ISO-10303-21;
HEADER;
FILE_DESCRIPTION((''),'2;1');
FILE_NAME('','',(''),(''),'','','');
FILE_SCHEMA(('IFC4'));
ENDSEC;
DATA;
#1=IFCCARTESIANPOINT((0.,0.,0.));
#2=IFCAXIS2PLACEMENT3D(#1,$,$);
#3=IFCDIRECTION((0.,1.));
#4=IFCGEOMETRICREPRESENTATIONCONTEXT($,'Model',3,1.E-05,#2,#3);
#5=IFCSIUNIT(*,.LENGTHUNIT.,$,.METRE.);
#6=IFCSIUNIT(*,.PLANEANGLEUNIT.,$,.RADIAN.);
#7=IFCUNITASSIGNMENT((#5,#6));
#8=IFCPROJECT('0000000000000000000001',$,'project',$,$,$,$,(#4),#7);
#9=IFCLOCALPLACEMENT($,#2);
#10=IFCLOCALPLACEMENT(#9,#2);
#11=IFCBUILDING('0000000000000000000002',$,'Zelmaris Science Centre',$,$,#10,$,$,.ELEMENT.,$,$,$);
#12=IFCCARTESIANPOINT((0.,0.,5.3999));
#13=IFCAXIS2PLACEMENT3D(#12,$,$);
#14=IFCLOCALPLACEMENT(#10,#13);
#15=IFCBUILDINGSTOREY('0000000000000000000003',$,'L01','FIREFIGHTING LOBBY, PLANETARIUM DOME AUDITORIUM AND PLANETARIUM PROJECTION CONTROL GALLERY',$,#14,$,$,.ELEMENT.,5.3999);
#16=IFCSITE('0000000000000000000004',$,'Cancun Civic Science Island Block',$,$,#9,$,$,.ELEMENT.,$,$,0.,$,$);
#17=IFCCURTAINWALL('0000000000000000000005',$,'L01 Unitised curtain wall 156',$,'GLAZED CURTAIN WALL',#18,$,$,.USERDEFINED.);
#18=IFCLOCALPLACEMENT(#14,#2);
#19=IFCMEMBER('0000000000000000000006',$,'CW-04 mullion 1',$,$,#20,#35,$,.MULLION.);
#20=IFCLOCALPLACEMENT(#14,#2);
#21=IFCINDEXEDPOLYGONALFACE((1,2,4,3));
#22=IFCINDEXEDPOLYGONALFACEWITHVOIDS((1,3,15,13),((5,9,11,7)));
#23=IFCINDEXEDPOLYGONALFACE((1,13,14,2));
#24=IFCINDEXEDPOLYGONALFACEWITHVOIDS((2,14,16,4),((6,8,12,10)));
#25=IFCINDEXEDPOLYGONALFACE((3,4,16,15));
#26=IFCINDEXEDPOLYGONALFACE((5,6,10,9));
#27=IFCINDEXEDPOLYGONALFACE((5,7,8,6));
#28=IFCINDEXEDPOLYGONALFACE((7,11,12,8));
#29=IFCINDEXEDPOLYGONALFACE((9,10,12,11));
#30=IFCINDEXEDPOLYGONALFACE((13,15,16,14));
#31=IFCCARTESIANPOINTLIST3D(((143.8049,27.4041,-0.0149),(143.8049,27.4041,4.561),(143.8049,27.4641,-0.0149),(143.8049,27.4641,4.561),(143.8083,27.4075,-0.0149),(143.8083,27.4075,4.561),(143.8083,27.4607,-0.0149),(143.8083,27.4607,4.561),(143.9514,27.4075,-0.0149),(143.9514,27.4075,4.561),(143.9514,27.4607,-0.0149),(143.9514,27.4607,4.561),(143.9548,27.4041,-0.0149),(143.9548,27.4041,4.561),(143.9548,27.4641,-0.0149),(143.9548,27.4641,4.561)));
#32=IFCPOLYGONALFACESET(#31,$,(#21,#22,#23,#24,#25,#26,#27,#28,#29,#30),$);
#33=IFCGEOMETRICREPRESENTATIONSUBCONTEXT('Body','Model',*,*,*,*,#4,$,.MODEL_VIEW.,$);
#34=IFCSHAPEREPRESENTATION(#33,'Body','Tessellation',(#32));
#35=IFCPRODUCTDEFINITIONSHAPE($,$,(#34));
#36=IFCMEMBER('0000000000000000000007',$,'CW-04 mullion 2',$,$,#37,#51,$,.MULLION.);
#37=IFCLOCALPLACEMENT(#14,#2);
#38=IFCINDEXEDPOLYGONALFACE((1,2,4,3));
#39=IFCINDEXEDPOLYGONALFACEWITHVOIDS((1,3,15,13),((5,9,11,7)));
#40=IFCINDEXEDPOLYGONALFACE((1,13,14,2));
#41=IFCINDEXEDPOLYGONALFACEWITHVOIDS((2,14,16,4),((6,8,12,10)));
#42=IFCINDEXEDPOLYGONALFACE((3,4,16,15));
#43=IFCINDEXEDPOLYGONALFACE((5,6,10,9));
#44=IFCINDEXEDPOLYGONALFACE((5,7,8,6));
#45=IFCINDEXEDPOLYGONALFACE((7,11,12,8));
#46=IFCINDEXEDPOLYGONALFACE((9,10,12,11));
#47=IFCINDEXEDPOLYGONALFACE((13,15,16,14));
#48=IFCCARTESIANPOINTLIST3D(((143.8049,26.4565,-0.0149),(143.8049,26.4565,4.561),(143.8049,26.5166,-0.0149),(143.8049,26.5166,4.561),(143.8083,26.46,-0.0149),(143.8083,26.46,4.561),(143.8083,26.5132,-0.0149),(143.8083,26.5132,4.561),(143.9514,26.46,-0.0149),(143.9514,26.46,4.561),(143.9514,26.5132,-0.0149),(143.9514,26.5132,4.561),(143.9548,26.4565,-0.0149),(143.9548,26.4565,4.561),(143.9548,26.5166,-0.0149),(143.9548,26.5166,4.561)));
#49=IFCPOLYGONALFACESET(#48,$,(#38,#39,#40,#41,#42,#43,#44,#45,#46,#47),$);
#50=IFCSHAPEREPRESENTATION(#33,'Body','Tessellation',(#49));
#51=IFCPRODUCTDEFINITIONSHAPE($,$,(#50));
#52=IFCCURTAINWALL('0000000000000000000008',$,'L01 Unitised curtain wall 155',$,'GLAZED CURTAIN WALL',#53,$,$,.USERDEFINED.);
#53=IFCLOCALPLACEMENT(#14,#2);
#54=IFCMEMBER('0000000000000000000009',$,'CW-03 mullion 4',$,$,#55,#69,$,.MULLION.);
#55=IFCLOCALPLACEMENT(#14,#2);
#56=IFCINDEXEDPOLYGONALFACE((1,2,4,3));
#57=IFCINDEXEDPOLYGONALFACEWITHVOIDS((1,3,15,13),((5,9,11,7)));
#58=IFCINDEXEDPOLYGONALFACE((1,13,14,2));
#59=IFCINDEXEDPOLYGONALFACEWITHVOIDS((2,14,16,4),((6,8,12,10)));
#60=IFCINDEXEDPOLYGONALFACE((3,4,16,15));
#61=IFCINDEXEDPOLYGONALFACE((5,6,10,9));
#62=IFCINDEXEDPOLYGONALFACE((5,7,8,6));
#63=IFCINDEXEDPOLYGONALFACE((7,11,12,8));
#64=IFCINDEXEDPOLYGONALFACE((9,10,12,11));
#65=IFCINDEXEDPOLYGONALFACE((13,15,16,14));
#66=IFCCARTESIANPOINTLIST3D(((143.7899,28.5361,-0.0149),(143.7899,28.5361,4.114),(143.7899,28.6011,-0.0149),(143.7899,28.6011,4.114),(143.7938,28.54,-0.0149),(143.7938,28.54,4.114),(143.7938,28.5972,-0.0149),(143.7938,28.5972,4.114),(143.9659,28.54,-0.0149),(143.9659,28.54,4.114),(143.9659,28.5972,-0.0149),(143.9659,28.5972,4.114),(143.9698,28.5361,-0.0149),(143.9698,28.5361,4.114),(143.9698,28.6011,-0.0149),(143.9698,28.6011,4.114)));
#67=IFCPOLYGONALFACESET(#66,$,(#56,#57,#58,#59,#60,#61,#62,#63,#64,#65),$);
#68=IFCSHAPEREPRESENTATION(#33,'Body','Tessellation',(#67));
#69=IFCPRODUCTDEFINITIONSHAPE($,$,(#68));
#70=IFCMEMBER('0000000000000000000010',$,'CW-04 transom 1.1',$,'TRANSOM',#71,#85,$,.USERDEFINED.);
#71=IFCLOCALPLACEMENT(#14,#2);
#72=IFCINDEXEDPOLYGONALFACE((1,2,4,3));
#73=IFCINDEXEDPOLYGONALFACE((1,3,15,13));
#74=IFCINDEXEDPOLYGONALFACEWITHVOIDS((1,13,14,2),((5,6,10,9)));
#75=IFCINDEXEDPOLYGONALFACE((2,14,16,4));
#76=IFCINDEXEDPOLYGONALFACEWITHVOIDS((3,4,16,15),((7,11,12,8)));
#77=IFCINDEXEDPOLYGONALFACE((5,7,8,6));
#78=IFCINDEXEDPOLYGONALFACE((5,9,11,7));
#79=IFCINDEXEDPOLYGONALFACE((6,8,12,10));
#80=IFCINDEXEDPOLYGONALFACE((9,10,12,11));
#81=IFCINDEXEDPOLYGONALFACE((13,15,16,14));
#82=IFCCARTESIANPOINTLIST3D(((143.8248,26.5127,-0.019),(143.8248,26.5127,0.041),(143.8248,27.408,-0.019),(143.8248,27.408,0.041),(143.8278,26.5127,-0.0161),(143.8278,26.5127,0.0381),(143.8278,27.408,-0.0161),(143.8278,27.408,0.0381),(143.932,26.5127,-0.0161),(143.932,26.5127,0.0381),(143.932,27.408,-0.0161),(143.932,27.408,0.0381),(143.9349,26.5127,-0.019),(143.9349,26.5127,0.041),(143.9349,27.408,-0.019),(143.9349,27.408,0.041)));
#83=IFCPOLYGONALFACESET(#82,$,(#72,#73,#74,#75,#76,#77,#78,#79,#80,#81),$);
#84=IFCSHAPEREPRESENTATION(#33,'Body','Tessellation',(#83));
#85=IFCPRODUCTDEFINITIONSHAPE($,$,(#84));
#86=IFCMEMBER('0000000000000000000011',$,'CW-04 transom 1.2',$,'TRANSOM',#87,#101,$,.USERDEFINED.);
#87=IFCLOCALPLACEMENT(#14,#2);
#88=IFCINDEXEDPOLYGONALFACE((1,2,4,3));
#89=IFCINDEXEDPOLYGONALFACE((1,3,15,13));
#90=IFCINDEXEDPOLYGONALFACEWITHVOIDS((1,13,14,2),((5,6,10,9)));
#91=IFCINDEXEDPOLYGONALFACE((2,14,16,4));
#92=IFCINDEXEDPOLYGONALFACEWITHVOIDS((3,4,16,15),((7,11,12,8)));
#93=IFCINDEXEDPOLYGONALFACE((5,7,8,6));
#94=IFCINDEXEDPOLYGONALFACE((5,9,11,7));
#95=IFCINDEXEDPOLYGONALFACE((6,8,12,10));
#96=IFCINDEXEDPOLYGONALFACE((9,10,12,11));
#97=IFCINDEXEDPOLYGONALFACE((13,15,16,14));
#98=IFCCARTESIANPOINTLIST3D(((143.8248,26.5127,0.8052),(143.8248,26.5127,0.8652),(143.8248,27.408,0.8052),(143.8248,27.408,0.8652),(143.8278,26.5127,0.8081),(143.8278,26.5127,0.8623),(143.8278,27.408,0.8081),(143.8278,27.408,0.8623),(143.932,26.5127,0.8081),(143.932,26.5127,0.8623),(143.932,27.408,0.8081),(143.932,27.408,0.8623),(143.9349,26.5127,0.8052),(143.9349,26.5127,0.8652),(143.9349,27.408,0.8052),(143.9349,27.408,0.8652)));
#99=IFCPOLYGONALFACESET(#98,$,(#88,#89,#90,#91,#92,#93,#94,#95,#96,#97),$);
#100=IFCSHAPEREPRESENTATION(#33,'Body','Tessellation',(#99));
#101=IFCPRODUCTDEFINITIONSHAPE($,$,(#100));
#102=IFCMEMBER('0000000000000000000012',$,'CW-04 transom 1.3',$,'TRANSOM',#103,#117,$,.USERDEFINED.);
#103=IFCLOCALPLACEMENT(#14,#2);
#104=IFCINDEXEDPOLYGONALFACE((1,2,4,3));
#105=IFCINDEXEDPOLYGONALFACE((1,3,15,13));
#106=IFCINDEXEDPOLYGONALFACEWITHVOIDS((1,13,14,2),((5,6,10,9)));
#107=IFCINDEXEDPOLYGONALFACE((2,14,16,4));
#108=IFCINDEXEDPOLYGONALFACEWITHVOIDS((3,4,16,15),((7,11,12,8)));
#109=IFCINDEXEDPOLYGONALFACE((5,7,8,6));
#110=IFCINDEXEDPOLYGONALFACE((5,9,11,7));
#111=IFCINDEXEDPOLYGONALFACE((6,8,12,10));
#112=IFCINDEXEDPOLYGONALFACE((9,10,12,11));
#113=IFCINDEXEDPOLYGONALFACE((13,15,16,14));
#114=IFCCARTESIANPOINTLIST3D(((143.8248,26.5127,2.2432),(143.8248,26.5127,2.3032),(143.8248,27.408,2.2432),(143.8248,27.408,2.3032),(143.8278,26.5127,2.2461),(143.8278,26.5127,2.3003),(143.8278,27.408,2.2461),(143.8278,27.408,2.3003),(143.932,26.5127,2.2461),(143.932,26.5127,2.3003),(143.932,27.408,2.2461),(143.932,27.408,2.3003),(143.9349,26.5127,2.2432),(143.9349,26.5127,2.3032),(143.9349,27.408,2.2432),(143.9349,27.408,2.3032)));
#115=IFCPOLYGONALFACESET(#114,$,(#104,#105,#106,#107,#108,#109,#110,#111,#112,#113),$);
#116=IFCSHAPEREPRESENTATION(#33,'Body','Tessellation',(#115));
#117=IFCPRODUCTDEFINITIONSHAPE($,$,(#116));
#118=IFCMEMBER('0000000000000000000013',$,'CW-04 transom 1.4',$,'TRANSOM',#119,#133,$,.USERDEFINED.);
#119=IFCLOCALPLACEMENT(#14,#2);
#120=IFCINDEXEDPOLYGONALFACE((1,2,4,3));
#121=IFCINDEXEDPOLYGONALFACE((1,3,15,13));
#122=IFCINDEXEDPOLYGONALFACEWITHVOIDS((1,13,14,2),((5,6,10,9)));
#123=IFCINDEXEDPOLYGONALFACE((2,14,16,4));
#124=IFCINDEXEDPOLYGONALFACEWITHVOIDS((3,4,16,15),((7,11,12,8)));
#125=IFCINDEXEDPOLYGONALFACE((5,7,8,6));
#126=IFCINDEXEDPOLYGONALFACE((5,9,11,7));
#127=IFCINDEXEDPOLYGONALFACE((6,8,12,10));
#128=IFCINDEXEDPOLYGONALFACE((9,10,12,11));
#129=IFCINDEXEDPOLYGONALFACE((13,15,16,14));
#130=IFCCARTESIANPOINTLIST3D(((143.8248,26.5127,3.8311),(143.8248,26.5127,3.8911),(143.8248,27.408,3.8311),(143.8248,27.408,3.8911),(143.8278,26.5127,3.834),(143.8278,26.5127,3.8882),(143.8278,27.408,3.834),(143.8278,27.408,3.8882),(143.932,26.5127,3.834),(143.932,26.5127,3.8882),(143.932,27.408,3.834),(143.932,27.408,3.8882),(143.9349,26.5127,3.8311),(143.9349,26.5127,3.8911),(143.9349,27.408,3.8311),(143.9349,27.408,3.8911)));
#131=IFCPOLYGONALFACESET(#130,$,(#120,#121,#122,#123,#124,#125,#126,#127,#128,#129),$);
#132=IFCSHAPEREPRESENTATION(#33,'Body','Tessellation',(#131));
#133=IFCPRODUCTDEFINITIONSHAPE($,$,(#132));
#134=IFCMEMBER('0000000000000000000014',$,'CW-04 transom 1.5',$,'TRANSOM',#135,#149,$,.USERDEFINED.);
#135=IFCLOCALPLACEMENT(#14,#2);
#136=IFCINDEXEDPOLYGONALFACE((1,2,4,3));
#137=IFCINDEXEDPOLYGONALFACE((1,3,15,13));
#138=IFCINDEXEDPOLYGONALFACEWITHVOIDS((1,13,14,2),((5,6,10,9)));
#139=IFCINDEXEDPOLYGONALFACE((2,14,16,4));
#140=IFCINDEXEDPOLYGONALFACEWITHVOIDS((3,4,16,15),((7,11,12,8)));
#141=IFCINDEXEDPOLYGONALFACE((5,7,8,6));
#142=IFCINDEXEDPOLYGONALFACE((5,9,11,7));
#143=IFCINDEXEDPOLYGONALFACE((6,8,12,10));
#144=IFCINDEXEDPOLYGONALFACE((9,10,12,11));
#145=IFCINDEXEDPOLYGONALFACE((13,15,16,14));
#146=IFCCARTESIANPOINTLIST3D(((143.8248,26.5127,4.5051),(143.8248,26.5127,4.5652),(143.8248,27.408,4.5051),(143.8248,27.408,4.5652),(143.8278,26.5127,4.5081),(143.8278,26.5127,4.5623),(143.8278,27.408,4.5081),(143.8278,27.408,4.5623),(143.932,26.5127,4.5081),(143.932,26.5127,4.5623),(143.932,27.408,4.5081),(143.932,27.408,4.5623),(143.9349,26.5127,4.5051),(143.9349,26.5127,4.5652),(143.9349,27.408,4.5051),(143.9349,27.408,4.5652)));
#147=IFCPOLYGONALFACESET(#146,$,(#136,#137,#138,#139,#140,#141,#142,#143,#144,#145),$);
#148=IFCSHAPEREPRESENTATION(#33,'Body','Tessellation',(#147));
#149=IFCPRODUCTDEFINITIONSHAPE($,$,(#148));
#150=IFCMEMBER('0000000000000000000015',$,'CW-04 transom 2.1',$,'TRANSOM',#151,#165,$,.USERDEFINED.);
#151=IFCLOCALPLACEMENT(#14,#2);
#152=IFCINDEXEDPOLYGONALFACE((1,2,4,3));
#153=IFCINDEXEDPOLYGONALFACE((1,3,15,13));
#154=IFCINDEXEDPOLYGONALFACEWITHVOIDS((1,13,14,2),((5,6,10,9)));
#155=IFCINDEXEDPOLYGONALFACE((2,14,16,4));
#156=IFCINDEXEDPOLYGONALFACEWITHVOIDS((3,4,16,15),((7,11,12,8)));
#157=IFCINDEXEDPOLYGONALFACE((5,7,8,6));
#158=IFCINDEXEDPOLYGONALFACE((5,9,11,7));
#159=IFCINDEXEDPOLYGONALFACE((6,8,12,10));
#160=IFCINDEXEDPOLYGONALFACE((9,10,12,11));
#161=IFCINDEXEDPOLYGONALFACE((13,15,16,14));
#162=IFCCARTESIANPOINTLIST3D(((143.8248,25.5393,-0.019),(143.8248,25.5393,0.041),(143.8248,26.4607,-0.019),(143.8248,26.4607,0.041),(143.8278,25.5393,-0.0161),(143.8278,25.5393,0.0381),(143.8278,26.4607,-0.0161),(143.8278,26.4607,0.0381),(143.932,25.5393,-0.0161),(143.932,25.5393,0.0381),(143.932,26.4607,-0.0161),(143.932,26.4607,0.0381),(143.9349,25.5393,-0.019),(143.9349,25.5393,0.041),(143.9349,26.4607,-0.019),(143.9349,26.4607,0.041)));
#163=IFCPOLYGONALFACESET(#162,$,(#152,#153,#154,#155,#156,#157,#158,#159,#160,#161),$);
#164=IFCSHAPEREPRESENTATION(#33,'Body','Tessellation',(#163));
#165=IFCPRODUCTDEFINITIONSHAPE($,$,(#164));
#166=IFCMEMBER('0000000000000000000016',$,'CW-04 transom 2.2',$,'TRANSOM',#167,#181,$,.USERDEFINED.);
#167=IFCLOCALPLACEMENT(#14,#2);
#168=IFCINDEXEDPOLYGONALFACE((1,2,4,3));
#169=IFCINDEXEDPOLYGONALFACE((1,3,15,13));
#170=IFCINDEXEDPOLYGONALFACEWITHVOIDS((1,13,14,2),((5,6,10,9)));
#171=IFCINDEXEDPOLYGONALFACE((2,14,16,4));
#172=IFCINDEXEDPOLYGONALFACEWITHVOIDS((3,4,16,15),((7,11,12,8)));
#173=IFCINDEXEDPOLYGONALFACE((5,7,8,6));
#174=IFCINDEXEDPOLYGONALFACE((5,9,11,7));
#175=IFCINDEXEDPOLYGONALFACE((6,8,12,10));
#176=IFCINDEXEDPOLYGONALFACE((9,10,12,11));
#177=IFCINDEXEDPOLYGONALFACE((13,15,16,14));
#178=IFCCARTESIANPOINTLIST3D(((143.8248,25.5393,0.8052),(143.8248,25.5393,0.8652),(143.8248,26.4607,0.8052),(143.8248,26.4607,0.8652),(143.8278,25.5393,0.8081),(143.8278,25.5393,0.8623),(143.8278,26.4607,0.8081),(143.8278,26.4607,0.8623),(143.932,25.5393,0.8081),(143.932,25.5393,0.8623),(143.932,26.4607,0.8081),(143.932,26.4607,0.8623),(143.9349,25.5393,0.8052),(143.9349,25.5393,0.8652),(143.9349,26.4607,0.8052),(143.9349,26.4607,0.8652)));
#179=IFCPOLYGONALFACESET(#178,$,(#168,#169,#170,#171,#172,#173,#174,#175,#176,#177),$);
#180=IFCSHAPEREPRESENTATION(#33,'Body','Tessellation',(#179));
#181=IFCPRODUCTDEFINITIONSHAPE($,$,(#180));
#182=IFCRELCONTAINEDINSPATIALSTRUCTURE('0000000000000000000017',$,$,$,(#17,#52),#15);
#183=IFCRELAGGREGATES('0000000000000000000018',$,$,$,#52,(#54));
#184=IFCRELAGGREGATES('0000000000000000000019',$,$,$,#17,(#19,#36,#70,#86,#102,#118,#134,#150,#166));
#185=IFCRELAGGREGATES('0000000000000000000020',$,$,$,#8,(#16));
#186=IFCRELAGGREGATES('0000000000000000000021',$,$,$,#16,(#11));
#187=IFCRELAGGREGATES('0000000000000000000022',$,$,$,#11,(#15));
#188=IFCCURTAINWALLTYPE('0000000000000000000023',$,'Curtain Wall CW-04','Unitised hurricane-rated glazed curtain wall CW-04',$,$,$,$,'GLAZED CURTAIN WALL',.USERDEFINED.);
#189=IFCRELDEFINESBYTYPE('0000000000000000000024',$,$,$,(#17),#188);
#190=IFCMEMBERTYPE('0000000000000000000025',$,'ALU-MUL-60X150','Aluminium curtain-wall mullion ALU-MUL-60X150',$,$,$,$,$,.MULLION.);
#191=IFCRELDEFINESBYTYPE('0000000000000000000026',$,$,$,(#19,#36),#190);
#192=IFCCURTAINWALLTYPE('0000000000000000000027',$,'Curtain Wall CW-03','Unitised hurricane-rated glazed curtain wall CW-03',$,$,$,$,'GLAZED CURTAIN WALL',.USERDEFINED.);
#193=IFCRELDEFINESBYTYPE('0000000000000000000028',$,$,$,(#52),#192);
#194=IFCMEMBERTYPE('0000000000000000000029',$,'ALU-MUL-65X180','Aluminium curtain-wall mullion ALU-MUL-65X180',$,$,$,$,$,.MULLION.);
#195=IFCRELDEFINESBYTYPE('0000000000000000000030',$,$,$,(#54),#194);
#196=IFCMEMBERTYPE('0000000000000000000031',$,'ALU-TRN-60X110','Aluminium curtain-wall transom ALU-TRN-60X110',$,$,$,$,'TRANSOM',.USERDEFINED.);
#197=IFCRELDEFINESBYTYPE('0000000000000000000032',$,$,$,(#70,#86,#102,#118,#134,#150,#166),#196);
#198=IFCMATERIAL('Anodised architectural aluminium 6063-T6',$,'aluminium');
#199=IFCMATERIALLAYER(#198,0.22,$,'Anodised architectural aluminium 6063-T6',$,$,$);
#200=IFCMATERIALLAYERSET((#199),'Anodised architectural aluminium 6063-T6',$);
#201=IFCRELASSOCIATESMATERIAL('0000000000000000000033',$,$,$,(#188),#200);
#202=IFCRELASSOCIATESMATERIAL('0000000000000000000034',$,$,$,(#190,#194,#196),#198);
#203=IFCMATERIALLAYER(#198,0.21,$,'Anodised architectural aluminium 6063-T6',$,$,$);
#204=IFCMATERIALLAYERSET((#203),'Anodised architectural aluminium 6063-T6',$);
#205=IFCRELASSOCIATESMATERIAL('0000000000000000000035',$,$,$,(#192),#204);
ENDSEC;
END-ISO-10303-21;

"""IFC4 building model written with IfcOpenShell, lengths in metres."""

from ifc_helpers import new_model, si_unit, direction, frame, origin, origin_2d, place, context, subcontext, project, spatial, hollow_rectangle, extrude, material, layer, layer_set, material_profile, profile_set, type_object, element, aggregate, save


model = new_model("IFC4")

# Units and contexts
model_context = context("Model", 3, precision=1e-05, world=origin(), true_north=direction((0.0, 1.0)))
body_context = subcontext(model_context, "Body", "Model", "MODEL_VIEW")
ifc_project = project(units=[si_unit("LENGTHUNIT", "METRE"), si_unit("PLANEANGLEUNIT", "RADIAN")], contexts=[model_context])

# Site, building, storey
site_placement = place(None, origin())
site = spatial("IfcSite", under=ifc_project, at=site_placement, Name="Cancun Civic Science Island Block", CompositionType="ELEMENT", RefElevation=0.0)
building_placement = place(site_placement, origin())
building = spatial("IfcBuilding", under=site, at=building_placement, Name="Zelmaris Science Centre", CompositionType="ELEMENT")
storey_placement = place(building_placement, frame((0.0, 0.0, 5.3999)))
storey = spatial("IfcBuildingStorey", under=building, at=storey_placement, Name="L01", Description="FIREFIGHTING LOBBY, PLANETARIUM DOME AUDITORIUM AND PLANETARIUM PROJECTION CONTROL GALLERY", CompositionType="ELEMENT", Elevation=5.3999)

# Curtain wall, members
ifc_material_1 = material(Name="Anodised architectural aluminium 6063-T6", Category="aluminium")
ifc_layer_1 = layer(ifc_material_1, 0.22, Name="Anodised architectural aluminium 6063-T6")
ifc_layer_set_1 = layer_set([ifc_layer_1], Name="Anodised architectural aluminium 6063-T6")
curtain_wall_type_1 = type_object("IfcCurtainWallType", Name="Curtain Wall CW-04", Description="Unitised hurricane-rated glazed curtain wall CW-04", ElementType="GLAZED CURTAIN WALL", PredefinedType="USERDEFINED", material=ifc_layer_set_1)
curtain_wall_1_placement = place(storey_placement, origin())
curtain_wall_1 = element("IfcCurtainWall", 1, at=curtain_wall_1_placement, inside=storey, type_object=curtain_wall_type_1, Name="L01 Unitised curtain wall 156", ObjectType="GLAZED CURTAIN WALL", PredefinedType="USERDEFINED")
ifc_material_profile_1 = material_profile(ifc_material_1, hollow_rectangle(XDim=0.0601, YDim=0.1499, WallThickness=0.0034, at=origin_2d()), Name="ALU-MUL-60X150")
ifc_profile_set_1 = profile_set([ifc_material_profile_1], Name="Anodised architectural aluminium 6063-T6")
member_type_1 = type_object("IfcMemberType", Name="ALU-MUL-60X150", Description="Aluminium curtain-wall mullion ALU-MUL-60X150", PredefinedType="MULLION", material=ifc_profile_set_1)
member_1_placement = place(storey_placement, frame((143.8799, 27.4341, -0.0149), z_axis=(0.0, 0.0, 1.0), x_axis=(0.0, -1.0, 0.0)))
member_1 = element("IfcMember", 2, at=member_1_placement, type_object=member_type_1, Name="CW-04 mullion 1", PredefinedType="MULLION", context=body_context, shape_type="SweptSolid", body=[
    extrude(hollow_rectangle(XDim=0.0601, YDim=0.1499, WallThickness=0.0034, at=origin_2d()), origin(), (0.0, 0.0, 1.0), 4.5759),
])
member_2_placement = place(storey_placement, frame((143.8799, 26.4866, -0.0149), z_axis=(0.0, 0.0, 1.0), x_axis=(0.0, -1.0, 0.0)))
member_2 = element("IfcMember", 3, at=member_2_placement, type_object=member_type_1, Name="CW-04 mullion 2", PredefinedType="MULLION", context=body_context, shape_type="SweptSolid", body=[
    extrude(hollow_rectangle(XDim=0.0601, YDim=0.1499, WallThickness=0.0034, at=origin_2d()), origin(), (0.0, 0.0, 1.0), 4.5759),
])

# Curtain wall, member
ifc_layer_2 = layer(ifc_material_1, 0.21, Name="Anodised architectural aluminium 6063-T6")
ifc_layer_set_2 = layer_set([ifc_layer_2], Name="Anodised architectural aluminium 6063-T6")
curtain_wall_type_2 = type_object("IfcCurtainWallType", Name="Curtain Wall CW-03", Description="Unitised hurricane-rated glazed curtain wall CW-03", ElementType="GLAZED CURTAIN WALL", PredefinedType="USERDEFINED", material=ifc_layer_set_2)
curtain_wall_2_placement = place(storey_placement, origin())
curtain_wall_2 = element("IfcCurtainWall", 4, at=curtain_wall_2_placement, inside=storey, type_object=curtain_wall_type_2, Name="L01 Unitised curtain wall 155", ObjectType="GLAZED CURTAIN WALL", PredefinedType="USERDEFINED")
ifc_material_profile_2 = material_profile(ifc_material_1, hollow_rectangle(XDim=0.0649, YDim=0.1799, WallThickness=0.0039, at=origin_2d()), Name="ALU-MUL-65X180")
ifc_profile_set_2 = profile_set([ifc_material_profile_2], Name="Anodised architectural aluminium 6063-T6")
member_type_2 = type_object("IfcMemberType", Name="ALU-MUL-65X180", Description="Aluminium curtain-wall mullion ALU-MUL-65X180", PredefinedType="MULLION", material=ifc_profile_set_2)
member_3_placement = place(storey_placement, frame((143.8799, 28.5686, -0.0149), z_axis=(0.0, 0.0, 1.0), x_axis=(0.0, -1.0, 0.0)))
member_3 = element("IfcMember", 5, at=member_3_placement, type_object=member_type_2, Name="CW-03 mullion 4", PredefinedType="MULLION", context=body_context, shape_type="SweptSolid", body=[
    extrude(hollow_rectangle(XDim=0.0649, YDim=0.1799, WallThickness=0.0039, at=origin_2d()), origin(), (0.0, 0.0, 1.0), 4.1289),
])

# Members
ifc_material_profile_3 = material_profile(ifc_material_1, hollow_rectangle(XDim=0.0601, YDim=0.1101, WallThickness=0.0029, at=origin_2d()), Name="ALU-TRN-60X110")
ifc_profile_set_3 = profile_set([ifc_material_profile_3], Name="Anodised architectural aluminium 6063-T6")
member_type_3 = type_object("IfcMemberType", Name="ALU-TRN-60X110", Description="Aluminium curtain-wall transom ALU-TRN-60X110", ElementType="TRANSOM", PredefinedType="USERDEFINED", material=ifc_profile_set_3)
member_4_placement = place(storey_placement, frame((143.8799, 27.408, 0.011), z_axis=(0.0, -1.0, 0.0), x_axis=(0.0, 0.0, 1.0)))
member_4 = element("IfcMember", 6, at=member_4_placement, type_object=member_type_3, Name="CW-04 transom 1.1", ObjectType="TRANSOM", PredefinedType="USERDEFINED", context=body_context, shape_type="SweptSolid", body=[
    extrude(hollow_rectangle(XDim=0.0601, YDim=0.1101, WallThickness=0.0029, at=origin_2d()), origin(), (0.0, 0.0, 1.0), 0.8953),
])
member_5_placement = place(storey_placement, frame((143.8799, 27.408, 0.8352), z_axis=(0.0, -1.0, 0.0), x_axis=(0.0, 0.0, 1.0)))
member_5 = element("IfcMember", 7, at=member_5_placement, type_object=member_type_3, Name="CW-04 transom 1.2", ObjectType="TRANSOM", PredefinedType="USERDEFINED", context=body_context, shape_type="SweptSolid", body=[
    extrude(hollow_rectangle(XDim=0.0601, YDim=0.1101, WallThickness=0.0029, at=origin_2d()), origin(), (0.0, 0.0, 1.0), 0.8953),
])
member_6_placement = place(storey_placement, frame((143.8799, 27.408, 2.2732), z_axis=(0.0, -1.0, 0.0), x_axis=(0.0, 0.0, 1.0)))
member_6 = element("IfcMember", 8, at=member_6_placement, type_object=member_type_3, Name="CW-04 transom 1.3", ObjectType="TRANSOM", PredefinedType="USERDEFINED", context=body_context, shape_type="SweptSolid", body=[
    extrude(hollow_rectangle(XDim=0.0601, YDim=0.1101, WallThickness=0.0029, at=origin_2d()), origin(), (0.0, 0.0, 1.0), 0.8953),
])
member_7_placement = place(storey_placement, frame((143.8799, 27.408, 3.8611), z_axis=(0.0, -1.0, 0.0), x_axis=(0.0, 0.0, 1.0)))
member_7 = element("IfcMember", 9, at=member_7_placement, type_object=member_type_3, Name="CW-04 transom 1.4", ObjectType="TRANSOM", PredefinedType="USERDEFINED", context=body_context, shape_type="SweptSolid", body=[
    extrude(hollow_rectangle(XDim=0.0601, YDim=0.1101, WallThickness=0.0029, at=origin_2d()), origin(), (0.0, 0.0, 1.0), 0.8953),
])
member_8_placement = place(storey_placement, frame((143.8799, 27.408, 4.5352), z_axis=(0.0, -1.0, 0.0), x_axis=(0.0, 0.0, 1.0)))
member_8 = element("IfcMember", 10, at=member_8_placement, type_object=member_type_3, Name="CW-04 transom 1.5", ObjectType="TRANSOM", PredefinedType="USERDEFINED", context=body_context, shape_type="SweptSolid", body=[
    extrude(hollow_rectangle(XDim=0.0601, YDim=0.1101, WallThickness=0.0029, at=origin_2d()), origin(), (0.0, 0.0, 1.0), 0.8953),
])
member_9_placement = place(storey_placement, frame((143.8799, 26.4607, 0.011), z_axis=(0.0, -1.0, 0.0), x_axis=(0.0, 0.0, 1.0)))
member_9 = element("IfcMember", 11, at=member_9_placement, type_object=member_type_3, Name="CW-04 transom 2.1", ObjectType="TRANSOM", PredefinedType="USERDEFINED", context=body_context, shape_type="SweptSolid", body=[
    extrude(hollow_rectangle(XDim=0.0601, YDim=0.1101, WallThickness=0.0029, at=origin_2d()), origin(), (0.0, 0.0, 1.0), 0.9214),
])
member_10_placement = place(storey_placement, frame((143.8799, 26.4607, 0.8352), z_axis=(0.0, -1.0, 0.0), x_axis=(0.0, 0.0, 1.0)))
member_10 = element("IfcMember", 12, at=member_10_placement, type_object=member_type_3, Name="CW-04 transom 2.2", ObjectType="TRANSOM", PredefinedType="USERDEFINED", context=body_context, shape_type="SweptSolid", body=[
    extrude(hollow_rectangle(XDim=0.0601, YDim=0.1101, WallThickness=0.0029, at=origin_2d()), origin(), (0.0, 0.0, 1.0), 0.9214),
])

aggregate(curtain_wall_2, [member_3])
aggregate(curtain_wall_1, [member_1, member_2, member_4, member_5, member_6, member_7, member_8, member_9, member_10])

save(model, "model.ifc")
